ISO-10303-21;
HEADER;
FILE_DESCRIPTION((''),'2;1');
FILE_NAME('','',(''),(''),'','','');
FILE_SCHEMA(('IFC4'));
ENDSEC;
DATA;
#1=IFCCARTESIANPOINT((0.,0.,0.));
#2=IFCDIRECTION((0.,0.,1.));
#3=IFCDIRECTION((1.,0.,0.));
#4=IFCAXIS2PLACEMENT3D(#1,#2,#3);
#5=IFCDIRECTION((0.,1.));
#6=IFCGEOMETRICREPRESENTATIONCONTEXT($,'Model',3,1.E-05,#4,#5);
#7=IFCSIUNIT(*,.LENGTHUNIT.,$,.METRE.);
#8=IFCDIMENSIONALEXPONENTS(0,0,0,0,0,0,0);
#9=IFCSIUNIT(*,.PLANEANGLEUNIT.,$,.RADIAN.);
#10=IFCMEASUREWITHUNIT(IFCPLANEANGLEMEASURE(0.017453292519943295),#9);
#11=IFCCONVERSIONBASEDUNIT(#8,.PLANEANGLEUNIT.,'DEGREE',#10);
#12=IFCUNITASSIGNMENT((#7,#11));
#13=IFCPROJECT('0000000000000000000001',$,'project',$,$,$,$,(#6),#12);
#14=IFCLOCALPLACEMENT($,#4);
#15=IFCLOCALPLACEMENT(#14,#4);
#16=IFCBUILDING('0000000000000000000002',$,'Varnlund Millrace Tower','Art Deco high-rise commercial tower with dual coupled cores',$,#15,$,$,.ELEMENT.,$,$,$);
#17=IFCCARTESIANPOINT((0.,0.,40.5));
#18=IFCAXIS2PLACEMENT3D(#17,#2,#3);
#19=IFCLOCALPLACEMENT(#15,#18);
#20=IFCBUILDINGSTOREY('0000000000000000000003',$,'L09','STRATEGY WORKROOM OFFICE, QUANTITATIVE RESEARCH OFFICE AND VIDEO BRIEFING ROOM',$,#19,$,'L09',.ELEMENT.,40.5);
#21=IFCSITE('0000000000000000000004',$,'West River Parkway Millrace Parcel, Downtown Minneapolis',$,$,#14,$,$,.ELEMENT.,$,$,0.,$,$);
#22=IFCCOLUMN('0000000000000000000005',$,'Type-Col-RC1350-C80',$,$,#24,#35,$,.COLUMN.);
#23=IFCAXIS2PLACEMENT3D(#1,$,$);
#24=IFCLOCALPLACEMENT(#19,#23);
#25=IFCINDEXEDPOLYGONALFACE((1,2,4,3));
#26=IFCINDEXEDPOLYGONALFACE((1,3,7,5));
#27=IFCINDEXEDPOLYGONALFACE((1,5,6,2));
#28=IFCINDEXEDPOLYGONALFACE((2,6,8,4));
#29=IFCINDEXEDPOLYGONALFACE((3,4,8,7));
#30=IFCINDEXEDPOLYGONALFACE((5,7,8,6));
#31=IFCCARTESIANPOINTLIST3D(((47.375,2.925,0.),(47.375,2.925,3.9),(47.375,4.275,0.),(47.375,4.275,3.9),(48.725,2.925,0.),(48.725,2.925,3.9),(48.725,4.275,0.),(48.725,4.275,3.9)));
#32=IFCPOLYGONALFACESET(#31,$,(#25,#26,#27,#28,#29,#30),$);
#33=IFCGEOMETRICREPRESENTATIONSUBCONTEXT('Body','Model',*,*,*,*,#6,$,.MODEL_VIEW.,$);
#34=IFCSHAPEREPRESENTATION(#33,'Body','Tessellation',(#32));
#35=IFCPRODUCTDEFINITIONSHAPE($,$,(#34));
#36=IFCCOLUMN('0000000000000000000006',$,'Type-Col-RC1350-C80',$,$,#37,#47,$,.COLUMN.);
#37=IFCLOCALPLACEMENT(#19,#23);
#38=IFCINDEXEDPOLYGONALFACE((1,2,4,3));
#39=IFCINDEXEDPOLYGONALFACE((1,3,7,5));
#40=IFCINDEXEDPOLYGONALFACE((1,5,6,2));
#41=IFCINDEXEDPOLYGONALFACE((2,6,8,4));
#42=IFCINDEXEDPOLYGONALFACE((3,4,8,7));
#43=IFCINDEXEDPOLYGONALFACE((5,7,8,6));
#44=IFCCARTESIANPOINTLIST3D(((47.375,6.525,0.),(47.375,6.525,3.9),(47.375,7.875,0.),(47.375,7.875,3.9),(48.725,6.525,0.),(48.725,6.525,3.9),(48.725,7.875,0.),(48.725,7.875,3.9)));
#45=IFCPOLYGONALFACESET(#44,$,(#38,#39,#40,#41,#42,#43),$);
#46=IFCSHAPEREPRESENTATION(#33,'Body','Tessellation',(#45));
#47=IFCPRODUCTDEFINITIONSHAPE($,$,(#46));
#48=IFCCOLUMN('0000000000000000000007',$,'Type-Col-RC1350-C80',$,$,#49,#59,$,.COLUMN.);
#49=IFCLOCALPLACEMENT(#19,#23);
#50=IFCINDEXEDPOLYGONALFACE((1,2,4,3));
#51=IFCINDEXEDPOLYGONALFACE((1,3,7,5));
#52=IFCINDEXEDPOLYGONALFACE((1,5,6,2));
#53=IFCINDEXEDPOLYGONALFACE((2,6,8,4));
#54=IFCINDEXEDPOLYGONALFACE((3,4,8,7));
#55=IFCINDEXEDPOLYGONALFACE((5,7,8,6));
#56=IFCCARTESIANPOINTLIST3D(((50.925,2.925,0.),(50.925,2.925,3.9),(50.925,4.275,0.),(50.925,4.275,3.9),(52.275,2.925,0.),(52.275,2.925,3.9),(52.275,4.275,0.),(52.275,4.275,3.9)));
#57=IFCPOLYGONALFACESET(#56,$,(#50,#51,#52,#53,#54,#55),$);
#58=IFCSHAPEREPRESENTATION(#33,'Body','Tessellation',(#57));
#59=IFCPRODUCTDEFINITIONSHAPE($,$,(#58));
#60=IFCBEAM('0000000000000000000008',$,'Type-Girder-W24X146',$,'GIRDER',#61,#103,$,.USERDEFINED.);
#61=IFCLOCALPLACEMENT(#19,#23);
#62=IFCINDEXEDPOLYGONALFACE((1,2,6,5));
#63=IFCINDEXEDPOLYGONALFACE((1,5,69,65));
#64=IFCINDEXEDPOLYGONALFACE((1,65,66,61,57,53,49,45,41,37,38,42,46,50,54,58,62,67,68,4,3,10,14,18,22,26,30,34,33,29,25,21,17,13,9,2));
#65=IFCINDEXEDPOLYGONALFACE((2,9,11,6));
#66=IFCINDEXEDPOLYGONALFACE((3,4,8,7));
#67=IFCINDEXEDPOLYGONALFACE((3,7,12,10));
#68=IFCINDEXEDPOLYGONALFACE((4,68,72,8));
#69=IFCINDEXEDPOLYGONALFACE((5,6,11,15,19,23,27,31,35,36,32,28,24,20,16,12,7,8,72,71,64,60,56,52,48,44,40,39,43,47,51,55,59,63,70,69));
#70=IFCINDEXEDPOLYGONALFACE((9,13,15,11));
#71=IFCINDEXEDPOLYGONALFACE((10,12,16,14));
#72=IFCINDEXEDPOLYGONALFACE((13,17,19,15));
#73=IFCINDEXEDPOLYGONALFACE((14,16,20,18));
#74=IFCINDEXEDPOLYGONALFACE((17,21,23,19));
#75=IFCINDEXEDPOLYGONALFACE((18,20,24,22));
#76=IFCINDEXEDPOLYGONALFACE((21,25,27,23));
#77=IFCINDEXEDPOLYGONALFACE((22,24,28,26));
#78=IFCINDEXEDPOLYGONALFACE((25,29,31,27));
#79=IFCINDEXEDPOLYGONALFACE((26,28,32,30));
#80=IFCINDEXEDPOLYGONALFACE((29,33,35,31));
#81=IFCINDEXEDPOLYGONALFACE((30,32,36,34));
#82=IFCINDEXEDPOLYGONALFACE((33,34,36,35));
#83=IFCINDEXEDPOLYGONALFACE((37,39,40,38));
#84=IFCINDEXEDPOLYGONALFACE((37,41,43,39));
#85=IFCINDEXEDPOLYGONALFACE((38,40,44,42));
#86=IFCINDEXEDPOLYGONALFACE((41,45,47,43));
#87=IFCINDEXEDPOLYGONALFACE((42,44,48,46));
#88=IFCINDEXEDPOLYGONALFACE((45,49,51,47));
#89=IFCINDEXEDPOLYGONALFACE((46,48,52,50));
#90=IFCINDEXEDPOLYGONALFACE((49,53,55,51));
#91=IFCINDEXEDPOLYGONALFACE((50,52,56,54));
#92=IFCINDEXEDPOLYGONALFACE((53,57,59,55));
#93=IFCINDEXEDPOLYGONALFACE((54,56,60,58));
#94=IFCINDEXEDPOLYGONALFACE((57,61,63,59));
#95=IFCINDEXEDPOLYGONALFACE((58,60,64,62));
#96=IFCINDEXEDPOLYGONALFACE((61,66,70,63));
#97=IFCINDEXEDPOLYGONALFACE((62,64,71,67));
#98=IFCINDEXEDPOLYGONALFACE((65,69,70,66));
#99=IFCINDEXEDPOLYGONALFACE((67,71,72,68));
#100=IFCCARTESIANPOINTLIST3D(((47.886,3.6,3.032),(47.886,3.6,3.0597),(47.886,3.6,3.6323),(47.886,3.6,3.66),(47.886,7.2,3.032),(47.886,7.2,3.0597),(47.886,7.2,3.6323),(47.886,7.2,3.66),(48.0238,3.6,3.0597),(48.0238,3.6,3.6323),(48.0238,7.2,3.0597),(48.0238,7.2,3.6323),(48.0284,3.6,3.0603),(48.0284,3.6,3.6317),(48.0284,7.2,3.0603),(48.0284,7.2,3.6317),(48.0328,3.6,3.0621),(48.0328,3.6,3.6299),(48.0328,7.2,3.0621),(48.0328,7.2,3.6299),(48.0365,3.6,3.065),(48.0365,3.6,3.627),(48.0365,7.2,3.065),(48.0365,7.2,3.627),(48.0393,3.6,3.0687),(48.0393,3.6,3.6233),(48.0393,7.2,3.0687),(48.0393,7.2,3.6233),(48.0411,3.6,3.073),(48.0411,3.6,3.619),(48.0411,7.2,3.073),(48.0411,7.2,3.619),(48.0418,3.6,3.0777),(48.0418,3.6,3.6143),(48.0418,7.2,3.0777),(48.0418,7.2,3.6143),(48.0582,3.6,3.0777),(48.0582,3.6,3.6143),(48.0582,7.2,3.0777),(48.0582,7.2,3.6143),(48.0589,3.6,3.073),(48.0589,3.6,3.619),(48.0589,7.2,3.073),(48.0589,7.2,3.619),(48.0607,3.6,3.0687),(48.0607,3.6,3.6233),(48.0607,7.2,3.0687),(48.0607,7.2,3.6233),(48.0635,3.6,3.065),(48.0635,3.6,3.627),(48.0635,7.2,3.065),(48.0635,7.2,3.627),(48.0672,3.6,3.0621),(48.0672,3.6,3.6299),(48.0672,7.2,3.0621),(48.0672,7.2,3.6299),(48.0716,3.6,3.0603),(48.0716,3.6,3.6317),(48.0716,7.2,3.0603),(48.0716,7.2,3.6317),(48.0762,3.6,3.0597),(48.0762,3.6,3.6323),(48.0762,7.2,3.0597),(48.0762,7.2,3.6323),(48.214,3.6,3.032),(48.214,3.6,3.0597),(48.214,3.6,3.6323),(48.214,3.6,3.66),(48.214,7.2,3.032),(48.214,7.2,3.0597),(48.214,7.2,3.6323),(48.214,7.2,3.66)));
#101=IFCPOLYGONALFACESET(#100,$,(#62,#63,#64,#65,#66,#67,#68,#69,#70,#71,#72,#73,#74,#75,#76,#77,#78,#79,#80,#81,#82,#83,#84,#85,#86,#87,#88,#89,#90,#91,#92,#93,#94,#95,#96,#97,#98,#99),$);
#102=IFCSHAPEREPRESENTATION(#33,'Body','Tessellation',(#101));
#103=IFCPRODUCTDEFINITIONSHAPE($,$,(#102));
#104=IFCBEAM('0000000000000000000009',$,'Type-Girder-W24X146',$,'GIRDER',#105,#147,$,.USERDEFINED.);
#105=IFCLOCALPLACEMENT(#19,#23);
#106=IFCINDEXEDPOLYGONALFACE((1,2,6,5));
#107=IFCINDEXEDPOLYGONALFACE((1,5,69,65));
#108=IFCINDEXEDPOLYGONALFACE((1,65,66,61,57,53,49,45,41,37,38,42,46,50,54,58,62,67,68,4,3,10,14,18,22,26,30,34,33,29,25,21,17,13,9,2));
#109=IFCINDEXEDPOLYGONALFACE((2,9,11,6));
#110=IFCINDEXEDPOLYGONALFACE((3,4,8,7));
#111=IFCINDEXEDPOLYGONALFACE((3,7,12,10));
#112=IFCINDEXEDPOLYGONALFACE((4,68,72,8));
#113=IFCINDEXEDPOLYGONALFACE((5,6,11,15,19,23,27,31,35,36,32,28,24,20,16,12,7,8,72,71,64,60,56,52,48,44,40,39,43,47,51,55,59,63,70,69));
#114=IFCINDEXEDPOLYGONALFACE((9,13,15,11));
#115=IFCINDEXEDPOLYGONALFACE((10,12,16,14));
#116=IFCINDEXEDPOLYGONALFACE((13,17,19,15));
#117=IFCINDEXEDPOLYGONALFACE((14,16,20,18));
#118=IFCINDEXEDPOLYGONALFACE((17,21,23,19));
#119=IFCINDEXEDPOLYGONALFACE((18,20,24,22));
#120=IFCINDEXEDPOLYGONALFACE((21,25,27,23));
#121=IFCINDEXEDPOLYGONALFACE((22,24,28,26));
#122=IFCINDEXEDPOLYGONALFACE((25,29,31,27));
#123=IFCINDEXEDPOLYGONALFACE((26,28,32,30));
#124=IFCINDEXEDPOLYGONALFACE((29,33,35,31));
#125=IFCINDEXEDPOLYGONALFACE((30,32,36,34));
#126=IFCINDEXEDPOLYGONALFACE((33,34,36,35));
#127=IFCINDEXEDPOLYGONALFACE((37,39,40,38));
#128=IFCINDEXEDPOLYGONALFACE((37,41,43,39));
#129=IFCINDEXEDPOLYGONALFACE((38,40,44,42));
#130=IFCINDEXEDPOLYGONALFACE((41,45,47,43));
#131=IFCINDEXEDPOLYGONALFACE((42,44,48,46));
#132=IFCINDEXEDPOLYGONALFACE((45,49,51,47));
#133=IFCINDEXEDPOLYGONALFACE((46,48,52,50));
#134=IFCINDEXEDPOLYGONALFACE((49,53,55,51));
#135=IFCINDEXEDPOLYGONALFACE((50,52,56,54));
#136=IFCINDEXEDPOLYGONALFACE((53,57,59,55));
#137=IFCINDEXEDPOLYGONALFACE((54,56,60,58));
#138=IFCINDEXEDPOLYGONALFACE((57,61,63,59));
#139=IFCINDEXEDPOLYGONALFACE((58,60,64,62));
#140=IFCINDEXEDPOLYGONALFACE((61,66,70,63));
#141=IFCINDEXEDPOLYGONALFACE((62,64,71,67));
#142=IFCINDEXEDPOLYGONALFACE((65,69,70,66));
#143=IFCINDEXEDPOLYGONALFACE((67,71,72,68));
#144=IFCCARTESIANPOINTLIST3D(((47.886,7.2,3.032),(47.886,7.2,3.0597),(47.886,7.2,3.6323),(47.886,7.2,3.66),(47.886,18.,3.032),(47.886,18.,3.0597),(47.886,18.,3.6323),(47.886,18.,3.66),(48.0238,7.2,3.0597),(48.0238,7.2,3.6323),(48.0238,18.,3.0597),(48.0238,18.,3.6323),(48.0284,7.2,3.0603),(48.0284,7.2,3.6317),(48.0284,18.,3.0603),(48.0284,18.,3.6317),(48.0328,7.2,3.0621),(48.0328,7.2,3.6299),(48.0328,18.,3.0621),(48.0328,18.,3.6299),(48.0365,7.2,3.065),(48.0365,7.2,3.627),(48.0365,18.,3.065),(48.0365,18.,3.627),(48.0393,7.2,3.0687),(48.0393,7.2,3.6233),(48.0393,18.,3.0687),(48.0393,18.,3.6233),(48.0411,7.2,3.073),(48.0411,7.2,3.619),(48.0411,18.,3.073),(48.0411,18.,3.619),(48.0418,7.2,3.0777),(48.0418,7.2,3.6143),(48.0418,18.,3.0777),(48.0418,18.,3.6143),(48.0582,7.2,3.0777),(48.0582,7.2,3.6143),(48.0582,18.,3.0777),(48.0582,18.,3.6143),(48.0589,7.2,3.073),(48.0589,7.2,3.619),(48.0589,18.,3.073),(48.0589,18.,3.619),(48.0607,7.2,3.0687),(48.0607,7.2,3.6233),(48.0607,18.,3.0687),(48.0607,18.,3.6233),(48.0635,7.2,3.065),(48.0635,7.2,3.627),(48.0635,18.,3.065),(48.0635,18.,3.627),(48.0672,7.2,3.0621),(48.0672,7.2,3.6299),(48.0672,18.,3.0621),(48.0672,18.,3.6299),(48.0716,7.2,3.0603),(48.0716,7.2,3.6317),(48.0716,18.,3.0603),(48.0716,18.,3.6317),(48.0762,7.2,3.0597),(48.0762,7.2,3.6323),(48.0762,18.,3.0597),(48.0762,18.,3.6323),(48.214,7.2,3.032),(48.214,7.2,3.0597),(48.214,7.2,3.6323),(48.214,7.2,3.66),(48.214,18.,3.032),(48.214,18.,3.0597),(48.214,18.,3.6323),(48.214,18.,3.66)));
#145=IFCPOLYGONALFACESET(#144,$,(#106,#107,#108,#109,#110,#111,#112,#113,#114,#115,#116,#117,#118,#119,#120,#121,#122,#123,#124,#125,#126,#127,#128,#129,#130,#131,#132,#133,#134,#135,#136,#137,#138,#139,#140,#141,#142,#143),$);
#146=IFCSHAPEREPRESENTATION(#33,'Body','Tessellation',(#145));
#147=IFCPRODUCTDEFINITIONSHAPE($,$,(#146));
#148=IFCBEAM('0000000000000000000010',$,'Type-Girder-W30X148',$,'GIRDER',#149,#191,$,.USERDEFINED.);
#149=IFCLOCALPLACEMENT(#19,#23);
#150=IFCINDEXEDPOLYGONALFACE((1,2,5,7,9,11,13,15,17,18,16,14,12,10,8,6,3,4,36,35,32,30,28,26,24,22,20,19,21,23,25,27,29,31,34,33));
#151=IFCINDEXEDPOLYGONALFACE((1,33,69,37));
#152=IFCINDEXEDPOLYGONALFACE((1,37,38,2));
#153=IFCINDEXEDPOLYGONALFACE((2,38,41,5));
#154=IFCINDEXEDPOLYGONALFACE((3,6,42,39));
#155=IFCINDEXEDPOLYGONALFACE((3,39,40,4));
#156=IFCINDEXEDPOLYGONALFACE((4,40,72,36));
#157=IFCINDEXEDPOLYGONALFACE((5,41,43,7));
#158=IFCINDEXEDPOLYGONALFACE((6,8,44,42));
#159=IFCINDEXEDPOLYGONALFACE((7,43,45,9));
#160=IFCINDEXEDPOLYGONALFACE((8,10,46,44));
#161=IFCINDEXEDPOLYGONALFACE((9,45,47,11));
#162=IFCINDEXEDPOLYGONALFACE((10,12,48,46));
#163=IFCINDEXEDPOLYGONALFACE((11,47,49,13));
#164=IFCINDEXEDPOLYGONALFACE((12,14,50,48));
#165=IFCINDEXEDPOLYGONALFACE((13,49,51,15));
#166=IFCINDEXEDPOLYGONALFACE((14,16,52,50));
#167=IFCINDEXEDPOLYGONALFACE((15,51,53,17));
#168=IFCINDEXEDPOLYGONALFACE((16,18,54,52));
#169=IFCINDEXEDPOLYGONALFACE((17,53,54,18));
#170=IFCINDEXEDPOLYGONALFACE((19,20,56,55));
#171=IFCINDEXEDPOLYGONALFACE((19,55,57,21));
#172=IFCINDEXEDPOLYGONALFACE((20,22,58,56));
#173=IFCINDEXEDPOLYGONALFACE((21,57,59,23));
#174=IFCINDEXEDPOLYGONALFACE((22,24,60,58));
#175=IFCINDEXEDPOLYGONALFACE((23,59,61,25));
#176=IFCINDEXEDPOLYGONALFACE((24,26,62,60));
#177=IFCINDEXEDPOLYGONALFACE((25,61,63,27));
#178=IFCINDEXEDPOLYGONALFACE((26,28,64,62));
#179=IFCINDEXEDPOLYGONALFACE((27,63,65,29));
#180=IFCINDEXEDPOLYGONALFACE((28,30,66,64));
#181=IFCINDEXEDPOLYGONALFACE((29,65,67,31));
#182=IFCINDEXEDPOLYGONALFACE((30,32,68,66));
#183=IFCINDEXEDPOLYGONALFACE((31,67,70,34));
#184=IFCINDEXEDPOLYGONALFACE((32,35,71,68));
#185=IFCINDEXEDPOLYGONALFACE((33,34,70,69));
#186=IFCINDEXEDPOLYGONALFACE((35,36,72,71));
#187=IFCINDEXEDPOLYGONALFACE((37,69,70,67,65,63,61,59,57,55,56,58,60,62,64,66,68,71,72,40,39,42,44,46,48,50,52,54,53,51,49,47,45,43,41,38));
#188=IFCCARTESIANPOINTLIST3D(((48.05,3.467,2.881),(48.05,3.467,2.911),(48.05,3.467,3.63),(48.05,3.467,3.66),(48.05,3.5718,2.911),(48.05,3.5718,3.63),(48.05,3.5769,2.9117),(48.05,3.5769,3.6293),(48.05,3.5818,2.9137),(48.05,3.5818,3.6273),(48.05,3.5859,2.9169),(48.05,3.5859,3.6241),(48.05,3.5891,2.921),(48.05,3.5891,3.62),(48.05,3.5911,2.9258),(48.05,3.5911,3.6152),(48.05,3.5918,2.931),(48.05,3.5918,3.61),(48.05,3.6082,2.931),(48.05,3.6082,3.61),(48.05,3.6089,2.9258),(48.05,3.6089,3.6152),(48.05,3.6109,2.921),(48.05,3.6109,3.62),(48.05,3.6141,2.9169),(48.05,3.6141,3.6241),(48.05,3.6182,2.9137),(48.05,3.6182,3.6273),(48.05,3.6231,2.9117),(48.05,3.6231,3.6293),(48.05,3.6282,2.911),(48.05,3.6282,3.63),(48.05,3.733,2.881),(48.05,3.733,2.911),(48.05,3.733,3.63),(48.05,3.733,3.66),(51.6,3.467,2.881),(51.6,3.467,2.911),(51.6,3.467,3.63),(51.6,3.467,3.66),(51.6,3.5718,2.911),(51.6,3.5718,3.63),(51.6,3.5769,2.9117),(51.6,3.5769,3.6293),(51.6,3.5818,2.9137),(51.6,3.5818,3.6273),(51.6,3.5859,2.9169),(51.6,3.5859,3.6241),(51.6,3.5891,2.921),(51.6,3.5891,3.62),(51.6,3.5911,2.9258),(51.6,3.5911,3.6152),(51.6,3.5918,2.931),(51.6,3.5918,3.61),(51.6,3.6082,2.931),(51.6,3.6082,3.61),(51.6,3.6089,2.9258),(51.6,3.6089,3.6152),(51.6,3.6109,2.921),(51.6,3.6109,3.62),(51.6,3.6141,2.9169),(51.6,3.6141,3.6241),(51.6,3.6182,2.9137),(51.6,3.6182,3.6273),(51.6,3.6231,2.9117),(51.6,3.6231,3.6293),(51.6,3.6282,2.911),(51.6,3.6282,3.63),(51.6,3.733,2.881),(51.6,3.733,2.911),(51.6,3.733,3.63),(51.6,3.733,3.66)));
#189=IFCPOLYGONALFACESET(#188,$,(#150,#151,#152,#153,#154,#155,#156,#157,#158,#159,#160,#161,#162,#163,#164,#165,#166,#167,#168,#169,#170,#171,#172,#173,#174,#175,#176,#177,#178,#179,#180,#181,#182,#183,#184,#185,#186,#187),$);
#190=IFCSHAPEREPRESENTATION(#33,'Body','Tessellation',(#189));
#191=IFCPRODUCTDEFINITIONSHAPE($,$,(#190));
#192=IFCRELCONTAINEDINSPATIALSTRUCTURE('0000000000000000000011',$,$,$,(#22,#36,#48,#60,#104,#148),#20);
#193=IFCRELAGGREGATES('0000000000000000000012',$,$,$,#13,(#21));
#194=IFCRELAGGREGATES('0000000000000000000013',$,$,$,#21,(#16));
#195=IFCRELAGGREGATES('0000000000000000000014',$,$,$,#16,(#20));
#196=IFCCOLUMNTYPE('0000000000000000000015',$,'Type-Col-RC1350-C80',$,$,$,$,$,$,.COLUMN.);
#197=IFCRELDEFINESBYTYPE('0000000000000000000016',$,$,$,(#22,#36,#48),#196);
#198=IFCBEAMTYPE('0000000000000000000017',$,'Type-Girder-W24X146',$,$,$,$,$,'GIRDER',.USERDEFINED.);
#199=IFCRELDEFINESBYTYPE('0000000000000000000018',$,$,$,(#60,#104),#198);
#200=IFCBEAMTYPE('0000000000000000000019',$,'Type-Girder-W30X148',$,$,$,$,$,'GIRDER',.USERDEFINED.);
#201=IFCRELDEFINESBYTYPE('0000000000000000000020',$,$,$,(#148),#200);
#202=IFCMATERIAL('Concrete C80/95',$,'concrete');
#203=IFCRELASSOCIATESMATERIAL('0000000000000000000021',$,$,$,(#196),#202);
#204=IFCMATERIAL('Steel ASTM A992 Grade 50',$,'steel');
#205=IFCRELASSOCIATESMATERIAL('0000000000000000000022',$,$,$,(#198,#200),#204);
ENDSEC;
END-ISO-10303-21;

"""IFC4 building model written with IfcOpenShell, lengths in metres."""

from ifc_helpers import new_model, entity, si_unit, converted_unit, direction, frame, origin_with_axes, origin_2d_with_axis, place, context, subcontext, project, spatial, rectangle, i_section, extrude, material, material_profile, profile_set, type_object, element, save


model = new_model("IFC4")

# Units and contexts
model_context = context("Model", 3, precision=1e-05, world=origin_with_axes(), true_north=direction((0.0, 1.0)))
body_context = subcontext(model_context, "Body", "Model", "MODEL_VIEW")
ifc_project = project(units=[si_unit("LENGTHUNIT", "METRE"), converted_unit("PLANEANGLEUNIT", "DEGREE", entity("IfcPlaneAngleMeasure", 0.017453292519943295), si_unit("PLANEANGLEUNIT", "RADIAN"), dimensions=[0, 0, 0, 0, 0, 0, 0])], contexts=[model_context])

# Site, building, storey
site_placement = place(None, origin_with_axes())
site = spatial("IfcSite", under=ifc_project, at=site_placement, Name="West River Parkway Millrace Parcel, Downtown Minneapolis", CompositionType="ELEMENT", RefElevation=0.0)
building_placement = place(site_placement, origin_with_axes())
building = spatial("IfcBuilding", under=site, at=building_placement, Name="Varnlund Millrace Tower", Description="Art Deco high-rise commercial tower with dual coupled cores", CompositionType="ELEMENT")
storey_placement = place(building_placement, frame((0.0, 0.0, 40.5), z_axis=(0.0, 0.0, 1.0), x_axis=(1.0, 0.0, 0.0)))
storey = spatial("IfcBuildingStorey", under=building, at=storey_placement, Name="L09", Description="STRATEGY WORKROOM OFFICE, QUANTITATIVE RESEARCH OFFICE AND VIDEO BRIEFING ROOM", LongName="L09", CompositionType="ELEMENT", Elevation=40.5)

# Columns
ifc_material_1 = material(Name="Concrete C80/95", Category="concrete")
ifc_material_profile_1 = material_profile(ifc_material_1, rectangle(XDim=1.35, YDim=1.35, at=origin_2d_with_axis()), Name="Concrete C80/95")
ifc_profile_set_1 = profile_set([ifc_material_profile_1], Name="Concrete C80/95")
column_type = type_object("IfcColumnType", Name="Type-Col-RC1350-C80", PredefinedType="COLUMN", material=ifc_profile_set_1)
for number, where, z_axis, x_axis, name in (
    (1, (48.05, 3.6, 0.0), (0.0, 0.0, 1.0), (1.0, 0.0, 0.0), "Type-Col-RC1350-C80"),
    (2, (48.05, 7.2, 0.0), (0.0, 0.0, 1.0), (1.0, 0.0, 0.0), "Type-Col-RC1350-C80"),
    (3, (51.6, 3.6, 0.0), (0.0, 0.0, 1.0), (1.0, 0.0, 0.0), "Type-Col-RC1350-C80"),
):
    element("IfcColumn", number, at=place(storey_placement, frame(where, z_axis=z_axis, x_axis=x_axis)), inside=storey, type_object=column_type, Name=name, PredefinedType="COLUMN", context=body_context, shape_type="SweptSolid", body=[
        extrude(rectangle(XDim=1.35, YDim=1.35, at=origin_2d_with_axis()), origin_with_axes(), (0.0, 0.0, 1.0), 3.9),
    ])

# Beams
ifc_material_2 = material(Name="Steel ASTM A992 Grade 50", Category="steel")
ifc_material_profile_2 = material_profile(ifc_material_2, i_section(OverallWidth=0.328, OverallDepth=0.628, WebThickness=0.0165, FlangeThickness=0.0277, FilletRadius=0.018, at=origin_2d_with_axis()), Name="Steel ASTM A992 Grade 50")
ifc_profile_set_2 = profile_set([ifc_material_profile_2], Name="Steel ASTM A992 Grade 50")
beam_type_1 = type_object("IfcBeamType", Name="Type-Girder-W24X146", ElementType="GIRDER", PredefinedType="USERDEFINED", material=ifc_profile_set_2)
beam_1_placement = place(storey_placement, frame((48.05, 3.6, 3.346), z_axis=(0.0, 1.0, 0.0), x_axis=(-1.0, 0.0, 0.0)))
element("IfcBeam", 4, at=beam_1_placement, inside=storey, type_object=beam_type_1, Name="Type-Girder-W24X146", ObjectType="GIRDER", PredefinedType="USERDEFINED", context=body_context, shape_type="SweptSolid", body=[
    extrude(i_section(OverallWidth=0.328, OverallDepth=0.628, WebThickness=0.0165, FlangeThickness=0.0277, FilletRadius=0.018, at=origin_2d_with_axis()), origin_with_axes(), (0.0, 0.0, 1.0), 3.6),
])
beam_2_placement = place(storey_placement, frame((48.05, 7.2, 3.346), z_axis=(0.0, 1.0, 0.0), x_axis=(-1.0, 0.0, 0.0)))
element("IfcBeam", 5, at=beam_2_placement, inside=storey, type_object=beam_type_1, Name="Type-Girder-W24X146", ObjectType="GIRDER", PredefinedType="USERDEFINED", context=body_context, shape_type="SweptSolid", body=[
    extrude(i_section(OverallWidth=0.328, OverallDepth=0.628, WebThickness=0.0165, FlangeThickness=0.0277, FilletRadius=0.018, at=origin_2d_with_axis()), origin_with_axes(), (0.0, 0.0, 1.0), 10.8),
])
ifc_material_profile_3 = material_profile(ifc_material_2, i_section(OverallWidth=0.266, OverallDepth=0.779, WebThickness=0.0165, FlangeThickness=0.03, FilletRadius=0.02, at=origin_2d_with_axis()), Name="Steel ASTM A992 Grade 50")
ifc_profile_set_3 = profile_set([ifc_material_profile_3], Name="Steel ASTM A992 Grade 50")
beam_type_2 = type_object("IfcBeamType", Name="Type-Girder-W30X148", ElementType="GIRDER", PredefinedType="USERDEFINED", material=ifc_profile_set_3)
for number, where, z_axis, x_axis, name in (
    (6, (48.05, 3.6, 3.2705), (1.0, 0.0, 0.0), (0.0, 1.0, 0.0), "Type-Girder-W30X148"),
):
    element("IfcBeam", number, at=place(storey_placement, frame(where, z_axis=z_axis, x_axis=x_axis)), inside=storey, type_object=beam_type_2, Name=name, ObjectType="GIRDER", PredefinedType="USERDEFINED", context=body_context, shape_type="SweptSolid", body=[
        extrude(i_section(OverallWidth=0.266, OverallDepth=0.779, WebThickness=0.0165, FlangeThickness=0.03, FilletRadius=0.02, at=origin_2d_with_axis()), origin_with_axes(), (0.0, 0.0, 1.0), 3.55),
    ])

save(model, "model.ifc")
